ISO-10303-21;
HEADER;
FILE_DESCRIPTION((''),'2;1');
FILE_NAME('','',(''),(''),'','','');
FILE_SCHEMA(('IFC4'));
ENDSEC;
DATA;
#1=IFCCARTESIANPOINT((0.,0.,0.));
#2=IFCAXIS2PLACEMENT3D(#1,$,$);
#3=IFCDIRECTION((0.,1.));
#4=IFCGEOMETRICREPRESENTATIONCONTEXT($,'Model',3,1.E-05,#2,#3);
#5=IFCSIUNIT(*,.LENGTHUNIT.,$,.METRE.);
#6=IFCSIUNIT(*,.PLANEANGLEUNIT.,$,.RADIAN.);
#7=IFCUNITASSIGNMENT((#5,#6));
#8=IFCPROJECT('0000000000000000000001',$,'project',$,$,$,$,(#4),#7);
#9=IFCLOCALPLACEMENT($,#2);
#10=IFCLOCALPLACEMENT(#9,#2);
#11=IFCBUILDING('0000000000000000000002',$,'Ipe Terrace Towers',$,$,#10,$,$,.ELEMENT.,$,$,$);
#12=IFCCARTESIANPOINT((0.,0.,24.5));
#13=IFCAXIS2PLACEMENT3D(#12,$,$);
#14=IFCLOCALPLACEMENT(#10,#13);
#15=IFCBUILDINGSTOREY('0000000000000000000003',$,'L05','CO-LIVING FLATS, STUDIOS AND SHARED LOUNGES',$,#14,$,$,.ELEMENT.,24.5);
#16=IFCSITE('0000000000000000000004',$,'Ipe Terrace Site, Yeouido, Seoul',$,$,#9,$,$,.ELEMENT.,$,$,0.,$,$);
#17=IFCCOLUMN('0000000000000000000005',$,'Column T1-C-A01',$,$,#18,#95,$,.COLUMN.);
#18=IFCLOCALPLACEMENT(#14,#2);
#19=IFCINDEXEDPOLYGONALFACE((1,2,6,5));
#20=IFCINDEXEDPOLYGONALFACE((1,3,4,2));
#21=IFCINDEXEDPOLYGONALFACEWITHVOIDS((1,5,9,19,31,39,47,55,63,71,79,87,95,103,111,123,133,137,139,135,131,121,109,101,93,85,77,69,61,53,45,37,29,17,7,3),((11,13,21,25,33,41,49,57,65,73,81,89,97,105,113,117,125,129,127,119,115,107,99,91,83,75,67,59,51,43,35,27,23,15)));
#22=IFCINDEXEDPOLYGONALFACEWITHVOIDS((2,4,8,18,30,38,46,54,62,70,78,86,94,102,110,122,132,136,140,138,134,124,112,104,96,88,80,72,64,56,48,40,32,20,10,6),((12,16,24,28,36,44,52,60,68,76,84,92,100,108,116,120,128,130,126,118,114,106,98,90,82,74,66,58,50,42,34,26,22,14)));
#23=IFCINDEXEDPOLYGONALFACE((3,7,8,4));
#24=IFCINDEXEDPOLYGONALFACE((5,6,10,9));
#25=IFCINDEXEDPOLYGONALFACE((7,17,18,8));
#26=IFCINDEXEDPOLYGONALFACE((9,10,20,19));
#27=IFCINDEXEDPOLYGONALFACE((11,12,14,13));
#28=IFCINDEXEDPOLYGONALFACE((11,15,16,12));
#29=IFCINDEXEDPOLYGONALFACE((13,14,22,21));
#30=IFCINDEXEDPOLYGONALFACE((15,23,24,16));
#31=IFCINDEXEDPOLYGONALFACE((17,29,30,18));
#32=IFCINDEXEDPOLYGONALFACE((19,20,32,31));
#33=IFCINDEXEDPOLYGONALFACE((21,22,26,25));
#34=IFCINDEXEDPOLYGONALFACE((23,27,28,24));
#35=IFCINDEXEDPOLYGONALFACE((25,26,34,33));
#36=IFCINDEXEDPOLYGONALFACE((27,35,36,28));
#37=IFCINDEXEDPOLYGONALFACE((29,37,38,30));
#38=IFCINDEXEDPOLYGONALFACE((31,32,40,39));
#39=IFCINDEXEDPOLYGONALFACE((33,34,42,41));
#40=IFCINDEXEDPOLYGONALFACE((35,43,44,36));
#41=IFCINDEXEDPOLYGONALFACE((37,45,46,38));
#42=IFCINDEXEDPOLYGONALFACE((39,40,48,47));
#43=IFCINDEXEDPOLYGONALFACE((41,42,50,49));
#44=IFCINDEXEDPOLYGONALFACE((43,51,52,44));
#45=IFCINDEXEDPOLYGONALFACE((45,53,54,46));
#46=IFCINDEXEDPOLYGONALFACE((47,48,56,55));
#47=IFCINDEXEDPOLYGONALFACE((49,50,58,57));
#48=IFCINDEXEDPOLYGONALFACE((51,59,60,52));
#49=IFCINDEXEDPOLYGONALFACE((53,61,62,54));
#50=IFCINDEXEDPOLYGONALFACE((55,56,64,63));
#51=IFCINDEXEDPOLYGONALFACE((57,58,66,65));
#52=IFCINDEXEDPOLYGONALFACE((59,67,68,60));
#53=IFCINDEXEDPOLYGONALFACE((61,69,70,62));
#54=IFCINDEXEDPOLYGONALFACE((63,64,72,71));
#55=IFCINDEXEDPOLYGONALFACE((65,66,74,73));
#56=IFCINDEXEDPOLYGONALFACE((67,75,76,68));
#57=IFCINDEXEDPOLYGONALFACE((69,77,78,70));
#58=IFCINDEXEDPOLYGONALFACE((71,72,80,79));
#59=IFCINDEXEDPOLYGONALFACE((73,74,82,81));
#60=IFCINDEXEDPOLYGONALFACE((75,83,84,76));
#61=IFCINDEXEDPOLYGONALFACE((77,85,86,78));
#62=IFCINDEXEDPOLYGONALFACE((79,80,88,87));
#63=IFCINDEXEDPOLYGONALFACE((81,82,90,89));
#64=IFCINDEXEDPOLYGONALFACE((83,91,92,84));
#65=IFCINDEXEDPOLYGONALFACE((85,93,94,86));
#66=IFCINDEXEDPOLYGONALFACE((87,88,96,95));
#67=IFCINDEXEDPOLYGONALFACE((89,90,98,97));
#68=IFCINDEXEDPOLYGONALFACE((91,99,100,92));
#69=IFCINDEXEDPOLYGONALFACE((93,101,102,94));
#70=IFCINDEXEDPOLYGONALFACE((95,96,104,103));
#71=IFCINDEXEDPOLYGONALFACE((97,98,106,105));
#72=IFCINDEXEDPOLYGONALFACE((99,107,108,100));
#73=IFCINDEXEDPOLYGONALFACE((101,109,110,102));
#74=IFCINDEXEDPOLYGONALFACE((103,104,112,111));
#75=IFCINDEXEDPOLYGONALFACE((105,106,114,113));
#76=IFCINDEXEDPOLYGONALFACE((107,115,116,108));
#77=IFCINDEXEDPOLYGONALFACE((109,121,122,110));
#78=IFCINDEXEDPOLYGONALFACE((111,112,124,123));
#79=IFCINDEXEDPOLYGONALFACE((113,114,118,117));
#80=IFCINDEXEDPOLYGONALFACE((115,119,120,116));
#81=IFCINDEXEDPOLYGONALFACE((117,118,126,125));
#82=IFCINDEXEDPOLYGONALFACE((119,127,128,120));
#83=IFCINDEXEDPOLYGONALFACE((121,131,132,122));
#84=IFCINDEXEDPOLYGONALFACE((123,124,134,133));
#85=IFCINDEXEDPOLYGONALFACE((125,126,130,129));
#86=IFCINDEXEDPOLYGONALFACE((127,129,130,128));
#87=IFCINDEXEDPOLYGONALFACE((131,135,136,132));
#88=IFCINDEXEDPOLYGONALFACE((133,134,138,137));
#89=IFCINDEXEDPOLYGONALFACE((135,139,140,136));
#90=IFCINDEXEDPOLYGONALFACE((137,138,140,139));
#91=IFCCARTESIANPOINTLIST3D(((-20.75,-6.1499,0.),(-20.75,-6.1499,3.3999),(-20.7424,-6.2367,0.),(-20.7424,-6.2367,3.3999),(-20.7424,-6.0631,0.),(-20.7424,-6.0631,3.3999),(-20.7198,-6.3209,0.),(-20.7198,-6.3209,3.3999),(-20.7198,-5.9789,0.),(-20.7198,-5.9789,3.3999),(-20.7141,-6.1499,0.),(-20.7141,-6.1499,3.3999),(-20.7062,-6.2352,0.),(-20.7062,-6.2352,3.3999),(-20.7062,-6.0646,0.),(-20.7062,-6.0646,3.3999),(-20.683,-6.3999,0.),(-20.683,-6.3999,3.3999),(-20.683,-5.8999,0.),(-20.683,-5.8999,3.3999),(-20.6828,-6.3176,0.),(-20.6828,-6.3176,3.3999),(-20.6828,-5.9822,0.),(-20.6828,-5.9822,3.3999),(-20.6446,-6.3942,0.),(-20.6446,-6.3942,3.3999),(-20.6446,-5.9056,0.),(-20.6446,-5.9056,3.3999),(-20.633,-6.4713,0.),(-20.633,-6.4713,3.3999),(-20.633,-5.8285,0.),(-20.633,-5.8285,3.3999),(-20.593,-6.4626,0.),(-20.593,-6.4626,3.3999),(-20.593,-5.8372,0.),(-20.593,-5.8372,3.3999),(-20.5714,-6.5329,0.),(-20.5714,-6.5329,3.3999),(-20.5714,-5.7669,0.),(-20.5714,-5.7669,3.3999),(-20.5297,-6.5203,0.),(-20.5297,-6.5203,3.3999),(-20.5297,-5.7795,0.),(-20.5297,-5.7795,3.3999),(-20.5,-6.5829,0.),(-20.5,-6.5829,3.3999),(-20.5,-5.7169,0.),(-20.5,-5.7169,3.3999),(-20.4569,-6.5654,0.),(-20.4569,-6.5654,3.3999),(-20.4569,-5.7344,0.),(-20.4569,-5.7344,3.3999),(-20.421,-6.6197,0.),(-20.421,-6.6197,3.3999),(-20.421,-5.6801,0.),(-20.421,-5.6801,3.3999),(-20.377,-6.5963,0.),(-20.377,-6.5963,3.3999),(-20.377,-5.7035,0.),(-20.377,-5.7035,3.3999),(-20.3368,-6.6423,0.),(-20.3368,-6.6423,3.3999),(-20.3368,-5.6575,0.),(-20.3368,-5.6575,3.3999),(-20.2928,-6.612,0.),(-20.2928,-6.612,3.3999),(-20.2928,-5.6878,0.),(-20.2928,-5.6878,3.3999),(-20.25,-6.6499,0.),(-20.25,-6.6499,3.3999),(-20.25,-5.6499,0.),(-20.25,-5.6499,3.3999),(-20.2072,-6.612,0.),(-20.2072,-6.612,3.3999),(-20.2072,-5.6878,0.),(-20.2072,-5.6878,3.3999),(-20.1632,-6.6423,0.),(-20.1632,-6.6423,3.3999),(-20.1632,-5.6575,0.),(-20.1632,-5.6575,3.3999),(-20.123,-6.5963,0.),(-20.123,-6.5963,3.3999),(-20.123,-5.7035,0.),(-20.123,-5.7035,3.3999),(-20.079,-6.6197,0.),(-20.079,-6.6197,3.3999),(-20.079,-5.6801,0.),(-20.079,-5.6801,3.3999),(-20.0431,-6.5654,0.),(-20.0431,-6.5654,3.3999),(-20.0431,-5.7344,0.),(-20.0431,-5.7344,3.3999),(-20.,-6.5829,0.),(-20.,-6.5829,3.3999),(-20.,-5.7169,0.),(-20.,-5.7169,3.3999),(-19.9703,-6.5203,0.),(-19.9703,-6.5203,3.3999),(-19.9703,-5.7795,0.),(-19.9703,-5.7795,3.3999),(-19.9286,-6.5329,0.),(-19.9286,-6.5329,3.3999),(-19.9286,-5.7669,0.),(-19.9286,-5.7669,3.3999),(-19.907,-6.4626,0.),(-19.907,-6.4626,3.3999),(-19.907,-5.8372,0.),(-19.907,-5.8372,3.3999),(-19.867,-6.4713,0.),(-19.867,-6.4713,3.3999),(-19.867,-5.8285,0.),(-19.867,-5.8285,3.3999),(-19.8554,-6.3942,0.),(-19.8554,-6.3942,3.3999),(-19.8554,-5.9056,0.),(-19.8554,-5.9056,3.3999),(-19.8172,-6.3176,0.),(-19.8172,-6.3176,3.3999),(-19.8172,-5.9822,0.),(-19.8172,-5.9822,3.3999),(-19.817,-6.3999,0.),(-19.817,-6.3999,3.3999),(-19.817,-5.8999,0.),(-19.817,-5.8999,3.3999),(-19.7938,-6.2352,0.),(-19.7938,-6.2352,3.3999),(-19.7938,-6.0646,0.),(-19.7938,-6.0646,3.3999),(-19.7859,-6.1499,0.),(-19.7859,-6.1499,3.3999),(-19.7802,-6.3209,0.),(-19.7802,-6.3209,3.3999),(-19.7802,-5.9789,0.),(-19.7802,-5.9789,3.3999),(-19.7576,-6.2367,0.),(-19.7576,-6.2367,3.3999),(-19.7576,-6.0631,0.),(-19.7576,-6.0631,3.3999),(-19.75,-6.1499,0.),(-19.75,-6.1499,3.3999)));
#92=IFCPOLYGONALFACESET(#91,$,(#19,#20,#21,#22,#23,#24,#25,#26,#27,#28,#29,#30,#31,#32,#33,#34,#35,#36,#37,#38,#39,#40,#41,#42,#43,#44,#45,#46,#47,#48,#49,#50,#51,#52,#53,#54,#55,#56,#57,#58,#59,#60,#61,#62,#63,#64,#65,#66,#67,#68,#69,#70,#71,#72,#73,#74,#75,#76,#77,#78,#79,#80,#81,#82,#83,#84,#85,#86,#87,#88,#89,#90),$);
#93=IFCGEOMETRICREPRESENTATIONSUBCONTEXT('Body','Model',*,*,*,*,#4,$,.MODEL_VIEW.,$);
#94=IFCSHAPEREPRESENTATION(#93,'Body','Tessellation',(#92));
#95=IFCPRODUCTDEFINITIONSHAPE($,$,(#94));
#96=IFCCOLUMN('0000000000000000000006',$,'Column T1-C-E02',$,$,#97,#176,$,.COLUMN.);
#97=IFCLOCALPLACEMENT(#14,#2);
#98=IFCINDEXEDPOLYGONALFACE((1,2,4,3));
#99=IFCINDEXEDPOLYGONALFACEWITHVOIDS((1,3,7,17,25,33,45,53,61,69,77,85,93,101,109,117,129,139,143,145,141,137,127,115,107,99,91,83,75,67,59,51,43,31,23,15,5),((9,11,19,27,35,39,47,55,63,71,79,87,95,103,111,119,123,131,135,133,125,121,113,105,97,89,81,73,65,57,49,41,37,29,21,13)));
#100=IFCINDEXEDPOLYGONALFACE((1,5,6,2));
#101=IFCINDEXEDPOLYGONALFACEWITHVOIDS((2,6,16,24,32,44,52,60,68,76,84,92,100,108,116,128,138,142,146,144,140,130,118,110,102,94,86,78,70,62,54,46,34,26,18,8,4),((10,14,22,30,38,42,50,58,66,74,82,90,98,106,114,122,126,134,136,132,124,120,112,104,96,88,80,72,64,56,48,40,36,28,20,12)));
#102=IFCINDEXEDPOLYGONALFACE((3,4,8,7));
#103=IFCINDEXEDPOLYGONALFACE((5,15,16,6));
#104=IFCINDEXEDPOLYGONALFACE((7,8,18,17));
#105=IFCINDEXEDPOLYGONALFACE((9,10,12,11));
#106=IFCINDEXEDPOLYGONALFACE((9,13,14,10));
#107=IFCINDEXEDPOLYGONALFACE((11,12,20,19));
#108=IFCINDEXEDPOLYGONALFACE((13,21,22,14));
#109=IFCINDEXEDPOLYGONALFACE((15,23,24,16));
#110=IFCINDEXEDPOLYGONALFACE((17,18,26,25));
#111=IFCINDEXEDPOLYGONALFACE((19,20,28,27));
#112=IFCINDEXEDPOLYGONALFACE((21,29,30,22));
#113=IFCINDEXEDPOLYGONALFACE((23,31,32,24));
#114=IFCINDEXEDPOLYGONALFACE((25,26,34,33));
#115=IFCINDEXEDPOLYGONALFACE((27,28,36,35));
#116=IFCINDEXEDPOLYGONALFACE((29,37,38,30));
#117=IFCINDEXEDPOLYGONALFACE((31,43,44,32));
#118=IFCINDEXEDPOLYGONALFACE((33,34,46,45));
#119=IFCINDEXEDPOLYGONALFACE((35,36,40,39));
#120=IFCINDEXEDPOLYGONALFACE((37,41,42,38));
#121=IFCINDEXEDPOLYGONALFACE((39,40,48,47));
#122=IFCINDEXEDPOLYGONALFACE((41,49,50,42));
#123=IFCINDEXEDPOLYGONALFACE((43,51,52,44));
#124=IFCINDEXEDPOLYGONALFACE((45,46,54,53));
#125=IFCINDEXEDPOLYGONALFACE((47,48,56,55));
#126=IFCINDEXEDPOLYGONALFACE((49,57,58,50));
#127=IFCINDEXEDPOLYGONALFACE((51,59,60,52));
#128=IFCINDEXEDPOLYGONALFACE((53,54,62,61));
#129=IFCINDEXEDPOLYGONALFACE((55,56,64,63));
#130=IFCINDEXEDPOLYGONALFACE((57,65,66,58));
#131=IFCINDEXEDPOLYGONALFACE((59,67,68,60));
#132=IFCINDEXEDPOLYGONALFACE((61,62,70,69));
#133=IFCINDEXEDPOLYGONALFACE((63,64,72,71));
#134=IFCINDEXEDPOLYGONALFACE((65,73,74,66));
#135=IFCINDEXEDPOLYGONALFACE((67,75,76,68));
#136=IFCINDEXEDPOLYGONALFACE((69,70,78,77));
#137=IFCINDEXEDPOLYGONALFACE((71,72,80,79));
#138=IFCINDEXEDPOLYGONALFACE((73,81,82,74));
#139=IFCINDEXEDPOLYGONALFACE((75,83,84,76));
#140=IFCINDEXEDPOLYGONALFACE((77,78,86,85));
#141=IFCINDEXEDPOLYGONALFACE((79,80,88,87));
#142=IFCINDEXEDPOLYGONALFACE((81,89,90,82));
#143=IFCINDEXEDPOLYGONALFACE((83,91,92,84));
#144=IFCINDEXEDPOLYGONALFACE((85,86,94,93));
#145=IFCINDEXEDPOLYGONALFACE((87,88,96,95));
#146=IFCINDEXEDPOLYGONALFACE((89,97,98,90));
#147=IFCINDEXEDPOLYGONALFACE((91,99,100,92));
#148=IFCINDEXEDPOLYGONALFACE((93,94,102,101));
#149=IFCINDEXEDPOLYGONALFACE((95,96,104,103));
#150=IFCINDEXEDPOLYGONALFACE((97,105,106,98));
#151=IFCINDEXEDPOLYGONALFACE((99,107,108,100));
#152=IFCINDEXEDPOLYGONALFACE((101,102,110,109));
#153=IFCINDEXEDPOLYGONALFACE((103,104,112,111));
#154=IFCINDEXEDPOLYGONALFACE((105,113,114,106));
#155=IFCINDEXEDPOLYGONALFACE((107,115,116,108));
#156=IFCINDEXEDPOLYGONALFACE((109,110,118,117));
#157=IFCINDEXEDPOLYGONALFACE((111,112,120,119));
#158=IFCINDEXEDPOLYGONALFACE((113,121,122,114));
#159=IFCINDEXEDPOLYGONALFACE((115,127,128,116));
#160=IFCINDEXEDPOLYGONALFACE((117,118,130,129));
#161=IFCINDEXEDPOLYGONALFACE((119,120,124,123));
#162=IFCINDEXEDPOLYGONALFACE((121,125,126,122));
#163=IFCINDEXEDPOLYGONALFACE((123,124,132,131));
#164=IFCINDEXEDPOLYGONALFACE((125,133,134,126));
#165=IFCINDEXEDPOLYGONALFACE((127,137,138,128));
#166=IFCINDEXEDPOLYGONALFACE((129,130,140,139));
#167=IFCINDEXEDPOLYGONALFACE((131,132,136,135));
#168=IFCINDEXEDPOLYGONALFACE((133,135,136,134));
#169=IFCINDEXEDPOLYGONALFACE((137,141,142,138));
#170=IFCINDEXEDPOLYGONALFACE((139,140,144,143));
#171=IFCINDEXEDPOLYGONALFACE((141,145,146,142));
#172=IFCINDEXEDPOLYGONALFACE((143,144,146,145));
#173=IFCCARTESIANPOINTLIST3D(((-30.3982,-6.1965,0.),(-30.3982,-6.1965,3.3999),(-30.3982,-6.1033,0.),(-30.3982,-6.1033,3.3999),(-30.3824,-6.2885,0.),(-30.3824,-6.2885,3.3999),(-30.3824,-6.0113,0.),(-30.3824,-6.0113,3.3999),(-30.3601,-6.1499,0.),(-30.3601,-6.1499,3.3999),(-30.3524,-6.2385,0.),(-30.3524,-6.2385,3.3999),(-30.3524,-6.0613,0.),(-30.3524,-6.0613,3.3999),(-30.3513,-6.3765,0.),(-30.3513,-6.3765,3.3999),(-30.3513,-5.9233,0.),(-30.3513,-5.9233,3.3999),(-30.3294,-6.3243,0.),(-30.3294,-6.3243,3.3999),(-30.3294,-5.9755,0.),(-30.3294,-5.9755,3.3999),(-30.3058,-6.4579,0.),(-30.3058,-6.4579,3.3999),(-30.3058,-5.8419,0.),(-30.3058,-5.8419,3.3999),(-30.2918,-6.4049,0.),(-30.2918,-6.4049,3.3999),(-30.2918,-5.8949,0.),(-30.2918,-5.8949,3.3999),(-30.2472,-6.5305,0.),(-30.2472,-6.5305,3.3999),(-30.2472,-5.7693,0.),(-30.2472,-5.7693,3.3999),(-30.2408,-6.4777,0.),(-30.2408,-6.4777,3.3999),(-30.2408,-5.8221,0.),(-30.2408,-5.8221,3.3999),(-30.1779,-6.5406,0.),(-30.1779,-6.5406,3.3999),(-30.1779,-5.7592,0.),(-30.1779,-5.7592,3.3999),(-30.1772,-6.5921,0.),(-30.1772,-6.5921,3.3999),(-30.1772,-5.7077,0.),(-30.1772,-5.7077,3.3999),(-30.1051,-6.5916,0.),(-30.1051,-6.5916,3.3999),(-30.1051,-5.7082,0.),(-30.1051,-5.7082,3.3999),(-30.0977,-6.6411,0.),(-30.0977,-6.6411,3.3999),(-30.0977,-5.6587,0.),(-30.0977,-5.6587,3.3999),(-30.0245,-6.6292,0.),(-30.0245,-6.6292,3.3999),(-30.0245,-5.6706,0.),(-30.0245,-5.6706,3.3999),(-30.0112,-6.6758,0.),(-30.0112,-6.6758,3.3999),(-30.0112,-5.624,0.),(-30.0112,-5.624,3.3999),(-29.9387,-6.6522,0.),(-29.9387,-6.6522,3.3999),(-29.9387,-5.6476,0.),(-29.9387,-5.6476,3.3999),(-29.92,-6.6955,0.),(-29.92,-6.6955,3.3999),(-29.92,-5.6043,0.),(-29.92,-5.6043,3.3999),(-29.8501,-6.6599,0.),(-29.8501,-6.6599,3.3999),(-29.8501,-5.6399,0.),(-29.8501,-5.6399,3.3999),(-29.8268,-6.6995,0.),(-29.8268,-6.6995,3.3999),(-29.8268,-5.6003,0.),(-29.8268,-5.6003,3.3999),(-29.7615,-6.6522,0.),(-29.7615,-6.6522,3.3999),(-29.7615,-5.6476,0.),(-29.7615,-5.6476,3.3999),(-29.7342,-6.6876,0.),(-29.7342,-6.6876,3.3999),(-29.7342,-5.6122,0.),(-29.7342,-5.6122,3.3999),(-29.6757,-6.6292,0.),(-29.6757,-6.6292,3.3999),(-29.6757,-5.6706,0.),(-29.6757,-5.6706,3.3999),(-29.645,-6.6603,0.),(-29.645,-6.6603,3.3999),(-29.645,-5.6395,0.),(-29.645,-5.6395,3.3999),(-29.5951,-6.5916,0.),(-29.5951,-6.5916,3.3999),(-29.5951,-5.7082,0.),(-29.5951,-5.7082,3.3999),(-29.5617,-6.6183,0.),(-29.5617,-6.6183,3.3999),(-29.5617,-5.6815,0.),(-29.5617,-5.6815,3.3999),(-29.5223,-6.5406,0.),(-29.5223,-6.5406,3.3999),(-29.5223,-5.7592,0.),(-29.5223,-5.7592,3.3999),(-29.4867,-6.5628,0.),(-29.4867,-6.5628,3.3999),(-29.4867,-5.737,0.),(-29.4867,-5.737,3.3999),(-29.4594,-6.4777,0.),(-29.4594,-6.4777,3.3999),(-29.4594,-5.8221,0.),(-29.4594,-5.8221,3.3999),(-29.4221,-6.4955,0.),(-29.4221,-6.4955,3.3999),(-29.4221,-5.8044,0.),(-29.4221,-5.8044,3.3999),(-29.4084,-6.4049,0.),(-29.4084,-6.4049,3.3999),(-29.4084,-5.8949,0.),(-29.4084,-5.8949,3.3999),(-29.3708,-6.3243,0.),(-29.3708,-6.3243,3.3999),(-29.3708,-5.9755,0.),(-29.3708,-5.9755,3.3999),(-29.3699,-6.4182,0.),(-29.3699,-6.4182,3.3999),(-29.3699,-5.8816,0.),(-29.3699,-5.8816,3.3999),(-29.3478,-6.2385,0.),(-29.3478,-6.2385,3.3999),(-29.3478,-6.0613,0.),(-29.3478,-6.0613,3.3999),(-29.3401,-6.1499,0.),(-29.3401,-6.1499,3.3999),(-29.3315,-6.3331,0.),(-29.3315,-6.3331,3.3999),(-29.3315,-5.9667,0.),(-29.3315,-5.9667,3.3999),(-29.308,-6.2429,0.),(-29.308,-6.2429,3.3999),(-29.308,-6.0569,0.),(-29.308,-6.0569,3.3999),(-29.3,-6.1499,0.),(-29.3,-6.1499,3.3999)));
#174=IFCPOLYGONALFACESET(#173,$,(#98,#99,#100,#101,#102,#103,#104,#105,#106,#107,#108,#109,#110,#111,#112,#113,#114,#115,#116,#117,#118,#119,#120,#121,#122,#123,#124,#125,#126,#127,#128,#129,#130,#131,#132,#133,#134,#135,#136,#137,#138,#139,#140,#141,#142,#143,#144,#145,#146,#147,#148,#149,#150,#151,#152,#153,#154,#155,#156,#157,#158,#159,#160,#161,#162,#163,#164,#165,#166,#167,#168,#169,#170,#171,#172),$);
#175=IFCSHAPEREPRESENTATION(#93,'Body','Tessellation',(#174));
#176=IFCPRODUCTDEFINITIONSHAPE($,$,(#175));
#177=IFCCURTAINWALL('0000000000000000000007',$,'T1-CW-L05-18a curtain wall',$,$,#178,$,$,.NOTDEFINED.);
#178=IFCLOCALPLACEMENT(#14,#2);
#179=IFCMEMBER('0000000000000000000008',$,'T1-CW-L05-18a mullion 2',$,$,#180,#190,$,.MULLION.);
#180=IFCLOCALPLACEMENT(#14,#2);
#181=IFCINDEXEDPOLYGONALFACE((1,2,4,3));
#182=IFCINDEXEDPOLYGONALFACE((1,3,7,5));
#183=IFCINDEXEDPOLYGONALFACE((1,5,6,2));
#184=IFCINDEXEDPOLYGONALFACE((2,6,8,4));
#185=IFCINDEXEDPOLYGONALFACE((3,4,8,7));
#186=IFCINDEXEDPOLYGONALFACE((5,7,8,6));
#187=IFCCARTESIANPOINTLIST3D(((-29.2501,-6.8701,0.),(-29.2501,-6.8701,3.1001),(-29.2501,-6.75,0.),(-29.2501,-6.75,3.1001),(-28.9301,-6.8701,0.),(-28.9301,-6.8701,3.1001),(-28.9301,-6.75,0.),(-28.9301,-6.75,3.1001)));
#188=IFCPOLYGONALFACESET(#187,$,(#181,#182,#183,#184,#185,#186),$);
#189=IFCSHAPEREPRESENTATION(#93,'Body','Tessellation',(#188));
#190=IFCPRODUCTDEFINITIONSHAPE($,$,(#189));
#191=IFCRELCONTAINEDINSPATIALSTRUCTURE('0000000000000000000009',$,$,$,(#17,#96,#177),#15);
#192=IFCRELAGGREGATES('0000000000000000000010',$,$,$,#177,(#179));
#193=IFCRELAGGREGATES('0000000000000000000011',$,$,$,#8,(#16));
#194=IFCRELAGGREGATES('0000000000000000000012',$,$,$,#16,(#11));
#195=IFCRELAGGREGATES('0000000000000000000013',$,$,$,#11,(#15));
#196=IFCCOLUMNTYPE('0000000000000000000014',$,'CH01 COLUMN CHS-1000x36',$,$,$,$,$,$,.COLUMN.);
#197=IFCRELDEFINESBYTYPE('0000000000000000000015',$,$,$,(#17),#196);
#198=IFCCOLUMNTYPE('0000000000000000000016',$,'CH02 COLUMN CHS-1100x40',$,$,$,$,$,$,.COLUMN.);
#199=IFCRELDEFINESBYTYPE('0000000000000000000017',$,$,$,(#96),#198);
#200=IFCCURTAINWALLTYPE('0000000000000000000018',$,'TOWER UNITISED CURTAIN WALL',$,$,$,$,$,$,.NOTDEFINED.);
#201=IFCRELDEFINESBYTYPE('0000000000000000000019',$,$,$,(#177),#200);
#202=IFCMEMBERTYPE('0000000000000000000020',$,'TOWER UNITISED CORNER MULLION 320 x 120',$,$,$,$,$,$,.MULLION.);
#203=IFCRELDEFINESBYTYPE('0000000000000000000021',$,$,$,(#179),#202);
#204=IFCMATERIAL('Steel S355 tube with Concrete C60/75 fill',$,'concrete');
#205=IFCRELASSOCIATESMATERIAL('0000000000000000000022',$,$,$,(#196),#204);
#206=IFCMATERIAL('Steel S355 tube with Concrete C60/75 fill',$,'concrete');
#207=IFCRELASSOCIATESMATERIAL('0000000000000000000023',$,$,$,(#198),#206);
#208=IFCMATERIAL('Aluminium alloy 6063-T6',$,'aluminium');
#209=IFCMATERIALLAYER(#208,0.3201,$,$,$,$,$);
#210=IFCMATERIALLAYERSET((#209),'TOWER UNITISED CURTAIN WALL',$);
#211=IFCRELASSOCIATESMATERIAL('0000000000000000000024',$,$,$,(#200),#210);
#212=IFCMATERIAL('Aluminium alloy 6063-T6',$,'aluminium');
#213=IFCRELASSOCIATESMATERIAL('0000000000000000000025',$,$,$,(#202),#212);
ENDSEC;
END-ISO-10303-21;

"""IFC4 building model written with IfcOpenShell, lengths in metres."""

from ifc_helpers import new_model, si_unit, direction, frame, origin, origin_2d, place, context, subcontext, project, spatial, rectangle, hollow_circle, extrude, material, layer, layer_set, material_profile, profile_set, type_object, element, aggregate, save


model = new_model("IFC4")

# Units and contexts
model_context = context("Model", 3, precision=1e-05, world=origin(), true_north=direction((0.0, 1.0)))
body_context = subcontext(model_context, "Body", "Model", "MODEL_VIEW")
ifc_project = project(units=[si_unit("LENGTHUNIT", "METRE"), si_unit("PLANEANGLEUNIT", "RADIAN")], contexts=[model_context])

# Site, building, storey
site_placement = place(None, origin())
site = spatial("IfcSite", under=ifc_project, at=site_placement, Name="Ipe Terrace Site, Yeouido, Seoul", CompositionType="ELEMENT", RefElevation=0.0)
building_placement = place(site_placement, origin())
building = spatial("IfcBuilding", under=site, at=building_placement, Name="Ipe Terrace Towers", CompositionType="ELEMENT")
storey_placement = place(building_placement, frame((0.0, 0.0, 24.5)))
storey = spatial("IfcBuildingStorey", under=building, at=storey_placement, Name="L05", Description="CO-LIVING FLATS, STUDIOS AND SHARED LOUNGES", CompositionType="ELEMENT", Elevation=24.5)

# Columns
ifc_material_1 = material(Name="Steel S355 tube with Concrete C60/75 fill", Category="concrete")
ifc_material_profile_1 = material_profile(ifc_material_1, hollow_circle(Radius=0.5, WallThickness=0.0359, at=origin_2d()), Name="CHS-1000x36")
ifc_profile_set_1 = profile_set([ifc_material_profile_1], Name="Steel S355 tube with Concrete C60/75 fill")
column_type_1 = type_object("IfcColumnType", Name="CH01 COLUMN CHS-1000x36", PredefinedType="COLUMN", material=ifc_profile_set_1)
column_1_placement = place(storey_placement, frame((-20.25, -6.1499, 0.0), z_axis=(0.0, 0.0, 1.0), x_axis=(1.0, 0.0, 0.0)))
element("IfcColumn", 1, at=column_1_placement, inside=storey, type_object=column_type_1, Name="Column T1-C-A01", PredefinedType="COLUMN", context=body_context, shape_type="SweptSolid", body=[
    extrude(hollow_circle(Radius=0.5, WallThickness=0.0359, at=origin_2d()), origin(), (0.0, 0.0, 1.0), 3.3999),
])
ifc_material_2 = material(Name="Steel S355 tube with Concrete C60/75 fill", Category="concrete")
ifc_material_profile_2 = material_profile(ifc_material_2, hollow_circle(Radius=0.55, WallThickness=0.04, at=origin_2d()), Name="CHS-1100x40")
ifc_profile_set_2 = profile_set([ifc_material_profile_2], Name="Steel S355 tube with Concrete C60/75 fill")
column_type_2 = type_object("IfcColumnType", Name="CH02 COLUMN CHS-1100x40", PredefinedType="COLUMN", material=ifc_profile_set_2)
column_2_placement = place(storey_placement, frame((-29.8501, -6.1499, 0.0), z_axis=(0.0, 0.0, 1.0), x_axis=(1.0, 0.0, 0.0)))
element("IfcColumn", 2, at=column_2_placement, inside=storey, type_object=column_type_2, Name="Column T1-C-E02", PredefinedType="COLUMN", context=body_context, shape_type="SweptSolid", body=[
    extrude(hollow_circle(Radius=0.55, WallThickness=0.04, at=origin_2d()), origin(), (0.0, 0.0, 1.0), 3.3999),
])

# Curtain wall, member
ifc_material_3 = material(Name="Aluminium alloy 6063-T6", Category="aluminium")
ifc_layer_1 = layer(ifc_material_3, 0.3201)
ifc_layer_set_1 = layer_set([ifc_layer_1], Name="TOWER UNITISED CURTAIN WALL")
curtain_wall_type = type_object("IfcCurtainWallType", Name="TOWER UNITISED CURTAIN WALL", PredefinedType="NOTDEFINED", material=ifc_layer_set_1)
curtain_wall_placement = place(storey_placement, origin())
curtain_wall = element("IfcCurtainWall", 3, at=curtain_wall_placement, inside=storey, type_object=curtain_wall_type, Name="T1-CW-L05-18a curtain wall", PredefinedType="NOTDEFINED")
ifc_material_4 = material(Name="Aluminium alloy 6063-T6", Category="aluminium")
ifc_material_profile_3 = material_profile(ifc_material_4, rectangle(XDim=0.3201, YDim=0.1201, at=origin_2d()), Name="TOWER UNITISED CORNER MULLION 320 x 120")
ifc_profile_set_3 = profile_set([ifc_material_profile_3], Name="Aluminium alloy 6063-T6")
member_type = type_object("IfcMemberType", Name="TOWER UNITISED CORNER MULLION 320 x 120", PredefinedType="MULLION", material=ifc_profile_set_3)
member_placement = place(storey_placement, frame((-29.0901, -6.8101, 0.0), z_axis=(0.0, 0.0, 1.0), x_axis=(1.0, 0.0, 0.0)))
member = element("IfcMember", 4, at=member_placement, type_object=member_type, Name="T1-CW-L05-18a mullion 2", PredefinedType="MULLION", context=body_context, shape_type="SweptSolid", body=[
    extrude(rectangle(XDim=0.3201, YDim=0.1201, at=origin_2d()), origin(), (0.0, 0.0, 1.0), 3.1001),
])
aggregate(curtain_wall, [member])

save(model, "model.ifc")
